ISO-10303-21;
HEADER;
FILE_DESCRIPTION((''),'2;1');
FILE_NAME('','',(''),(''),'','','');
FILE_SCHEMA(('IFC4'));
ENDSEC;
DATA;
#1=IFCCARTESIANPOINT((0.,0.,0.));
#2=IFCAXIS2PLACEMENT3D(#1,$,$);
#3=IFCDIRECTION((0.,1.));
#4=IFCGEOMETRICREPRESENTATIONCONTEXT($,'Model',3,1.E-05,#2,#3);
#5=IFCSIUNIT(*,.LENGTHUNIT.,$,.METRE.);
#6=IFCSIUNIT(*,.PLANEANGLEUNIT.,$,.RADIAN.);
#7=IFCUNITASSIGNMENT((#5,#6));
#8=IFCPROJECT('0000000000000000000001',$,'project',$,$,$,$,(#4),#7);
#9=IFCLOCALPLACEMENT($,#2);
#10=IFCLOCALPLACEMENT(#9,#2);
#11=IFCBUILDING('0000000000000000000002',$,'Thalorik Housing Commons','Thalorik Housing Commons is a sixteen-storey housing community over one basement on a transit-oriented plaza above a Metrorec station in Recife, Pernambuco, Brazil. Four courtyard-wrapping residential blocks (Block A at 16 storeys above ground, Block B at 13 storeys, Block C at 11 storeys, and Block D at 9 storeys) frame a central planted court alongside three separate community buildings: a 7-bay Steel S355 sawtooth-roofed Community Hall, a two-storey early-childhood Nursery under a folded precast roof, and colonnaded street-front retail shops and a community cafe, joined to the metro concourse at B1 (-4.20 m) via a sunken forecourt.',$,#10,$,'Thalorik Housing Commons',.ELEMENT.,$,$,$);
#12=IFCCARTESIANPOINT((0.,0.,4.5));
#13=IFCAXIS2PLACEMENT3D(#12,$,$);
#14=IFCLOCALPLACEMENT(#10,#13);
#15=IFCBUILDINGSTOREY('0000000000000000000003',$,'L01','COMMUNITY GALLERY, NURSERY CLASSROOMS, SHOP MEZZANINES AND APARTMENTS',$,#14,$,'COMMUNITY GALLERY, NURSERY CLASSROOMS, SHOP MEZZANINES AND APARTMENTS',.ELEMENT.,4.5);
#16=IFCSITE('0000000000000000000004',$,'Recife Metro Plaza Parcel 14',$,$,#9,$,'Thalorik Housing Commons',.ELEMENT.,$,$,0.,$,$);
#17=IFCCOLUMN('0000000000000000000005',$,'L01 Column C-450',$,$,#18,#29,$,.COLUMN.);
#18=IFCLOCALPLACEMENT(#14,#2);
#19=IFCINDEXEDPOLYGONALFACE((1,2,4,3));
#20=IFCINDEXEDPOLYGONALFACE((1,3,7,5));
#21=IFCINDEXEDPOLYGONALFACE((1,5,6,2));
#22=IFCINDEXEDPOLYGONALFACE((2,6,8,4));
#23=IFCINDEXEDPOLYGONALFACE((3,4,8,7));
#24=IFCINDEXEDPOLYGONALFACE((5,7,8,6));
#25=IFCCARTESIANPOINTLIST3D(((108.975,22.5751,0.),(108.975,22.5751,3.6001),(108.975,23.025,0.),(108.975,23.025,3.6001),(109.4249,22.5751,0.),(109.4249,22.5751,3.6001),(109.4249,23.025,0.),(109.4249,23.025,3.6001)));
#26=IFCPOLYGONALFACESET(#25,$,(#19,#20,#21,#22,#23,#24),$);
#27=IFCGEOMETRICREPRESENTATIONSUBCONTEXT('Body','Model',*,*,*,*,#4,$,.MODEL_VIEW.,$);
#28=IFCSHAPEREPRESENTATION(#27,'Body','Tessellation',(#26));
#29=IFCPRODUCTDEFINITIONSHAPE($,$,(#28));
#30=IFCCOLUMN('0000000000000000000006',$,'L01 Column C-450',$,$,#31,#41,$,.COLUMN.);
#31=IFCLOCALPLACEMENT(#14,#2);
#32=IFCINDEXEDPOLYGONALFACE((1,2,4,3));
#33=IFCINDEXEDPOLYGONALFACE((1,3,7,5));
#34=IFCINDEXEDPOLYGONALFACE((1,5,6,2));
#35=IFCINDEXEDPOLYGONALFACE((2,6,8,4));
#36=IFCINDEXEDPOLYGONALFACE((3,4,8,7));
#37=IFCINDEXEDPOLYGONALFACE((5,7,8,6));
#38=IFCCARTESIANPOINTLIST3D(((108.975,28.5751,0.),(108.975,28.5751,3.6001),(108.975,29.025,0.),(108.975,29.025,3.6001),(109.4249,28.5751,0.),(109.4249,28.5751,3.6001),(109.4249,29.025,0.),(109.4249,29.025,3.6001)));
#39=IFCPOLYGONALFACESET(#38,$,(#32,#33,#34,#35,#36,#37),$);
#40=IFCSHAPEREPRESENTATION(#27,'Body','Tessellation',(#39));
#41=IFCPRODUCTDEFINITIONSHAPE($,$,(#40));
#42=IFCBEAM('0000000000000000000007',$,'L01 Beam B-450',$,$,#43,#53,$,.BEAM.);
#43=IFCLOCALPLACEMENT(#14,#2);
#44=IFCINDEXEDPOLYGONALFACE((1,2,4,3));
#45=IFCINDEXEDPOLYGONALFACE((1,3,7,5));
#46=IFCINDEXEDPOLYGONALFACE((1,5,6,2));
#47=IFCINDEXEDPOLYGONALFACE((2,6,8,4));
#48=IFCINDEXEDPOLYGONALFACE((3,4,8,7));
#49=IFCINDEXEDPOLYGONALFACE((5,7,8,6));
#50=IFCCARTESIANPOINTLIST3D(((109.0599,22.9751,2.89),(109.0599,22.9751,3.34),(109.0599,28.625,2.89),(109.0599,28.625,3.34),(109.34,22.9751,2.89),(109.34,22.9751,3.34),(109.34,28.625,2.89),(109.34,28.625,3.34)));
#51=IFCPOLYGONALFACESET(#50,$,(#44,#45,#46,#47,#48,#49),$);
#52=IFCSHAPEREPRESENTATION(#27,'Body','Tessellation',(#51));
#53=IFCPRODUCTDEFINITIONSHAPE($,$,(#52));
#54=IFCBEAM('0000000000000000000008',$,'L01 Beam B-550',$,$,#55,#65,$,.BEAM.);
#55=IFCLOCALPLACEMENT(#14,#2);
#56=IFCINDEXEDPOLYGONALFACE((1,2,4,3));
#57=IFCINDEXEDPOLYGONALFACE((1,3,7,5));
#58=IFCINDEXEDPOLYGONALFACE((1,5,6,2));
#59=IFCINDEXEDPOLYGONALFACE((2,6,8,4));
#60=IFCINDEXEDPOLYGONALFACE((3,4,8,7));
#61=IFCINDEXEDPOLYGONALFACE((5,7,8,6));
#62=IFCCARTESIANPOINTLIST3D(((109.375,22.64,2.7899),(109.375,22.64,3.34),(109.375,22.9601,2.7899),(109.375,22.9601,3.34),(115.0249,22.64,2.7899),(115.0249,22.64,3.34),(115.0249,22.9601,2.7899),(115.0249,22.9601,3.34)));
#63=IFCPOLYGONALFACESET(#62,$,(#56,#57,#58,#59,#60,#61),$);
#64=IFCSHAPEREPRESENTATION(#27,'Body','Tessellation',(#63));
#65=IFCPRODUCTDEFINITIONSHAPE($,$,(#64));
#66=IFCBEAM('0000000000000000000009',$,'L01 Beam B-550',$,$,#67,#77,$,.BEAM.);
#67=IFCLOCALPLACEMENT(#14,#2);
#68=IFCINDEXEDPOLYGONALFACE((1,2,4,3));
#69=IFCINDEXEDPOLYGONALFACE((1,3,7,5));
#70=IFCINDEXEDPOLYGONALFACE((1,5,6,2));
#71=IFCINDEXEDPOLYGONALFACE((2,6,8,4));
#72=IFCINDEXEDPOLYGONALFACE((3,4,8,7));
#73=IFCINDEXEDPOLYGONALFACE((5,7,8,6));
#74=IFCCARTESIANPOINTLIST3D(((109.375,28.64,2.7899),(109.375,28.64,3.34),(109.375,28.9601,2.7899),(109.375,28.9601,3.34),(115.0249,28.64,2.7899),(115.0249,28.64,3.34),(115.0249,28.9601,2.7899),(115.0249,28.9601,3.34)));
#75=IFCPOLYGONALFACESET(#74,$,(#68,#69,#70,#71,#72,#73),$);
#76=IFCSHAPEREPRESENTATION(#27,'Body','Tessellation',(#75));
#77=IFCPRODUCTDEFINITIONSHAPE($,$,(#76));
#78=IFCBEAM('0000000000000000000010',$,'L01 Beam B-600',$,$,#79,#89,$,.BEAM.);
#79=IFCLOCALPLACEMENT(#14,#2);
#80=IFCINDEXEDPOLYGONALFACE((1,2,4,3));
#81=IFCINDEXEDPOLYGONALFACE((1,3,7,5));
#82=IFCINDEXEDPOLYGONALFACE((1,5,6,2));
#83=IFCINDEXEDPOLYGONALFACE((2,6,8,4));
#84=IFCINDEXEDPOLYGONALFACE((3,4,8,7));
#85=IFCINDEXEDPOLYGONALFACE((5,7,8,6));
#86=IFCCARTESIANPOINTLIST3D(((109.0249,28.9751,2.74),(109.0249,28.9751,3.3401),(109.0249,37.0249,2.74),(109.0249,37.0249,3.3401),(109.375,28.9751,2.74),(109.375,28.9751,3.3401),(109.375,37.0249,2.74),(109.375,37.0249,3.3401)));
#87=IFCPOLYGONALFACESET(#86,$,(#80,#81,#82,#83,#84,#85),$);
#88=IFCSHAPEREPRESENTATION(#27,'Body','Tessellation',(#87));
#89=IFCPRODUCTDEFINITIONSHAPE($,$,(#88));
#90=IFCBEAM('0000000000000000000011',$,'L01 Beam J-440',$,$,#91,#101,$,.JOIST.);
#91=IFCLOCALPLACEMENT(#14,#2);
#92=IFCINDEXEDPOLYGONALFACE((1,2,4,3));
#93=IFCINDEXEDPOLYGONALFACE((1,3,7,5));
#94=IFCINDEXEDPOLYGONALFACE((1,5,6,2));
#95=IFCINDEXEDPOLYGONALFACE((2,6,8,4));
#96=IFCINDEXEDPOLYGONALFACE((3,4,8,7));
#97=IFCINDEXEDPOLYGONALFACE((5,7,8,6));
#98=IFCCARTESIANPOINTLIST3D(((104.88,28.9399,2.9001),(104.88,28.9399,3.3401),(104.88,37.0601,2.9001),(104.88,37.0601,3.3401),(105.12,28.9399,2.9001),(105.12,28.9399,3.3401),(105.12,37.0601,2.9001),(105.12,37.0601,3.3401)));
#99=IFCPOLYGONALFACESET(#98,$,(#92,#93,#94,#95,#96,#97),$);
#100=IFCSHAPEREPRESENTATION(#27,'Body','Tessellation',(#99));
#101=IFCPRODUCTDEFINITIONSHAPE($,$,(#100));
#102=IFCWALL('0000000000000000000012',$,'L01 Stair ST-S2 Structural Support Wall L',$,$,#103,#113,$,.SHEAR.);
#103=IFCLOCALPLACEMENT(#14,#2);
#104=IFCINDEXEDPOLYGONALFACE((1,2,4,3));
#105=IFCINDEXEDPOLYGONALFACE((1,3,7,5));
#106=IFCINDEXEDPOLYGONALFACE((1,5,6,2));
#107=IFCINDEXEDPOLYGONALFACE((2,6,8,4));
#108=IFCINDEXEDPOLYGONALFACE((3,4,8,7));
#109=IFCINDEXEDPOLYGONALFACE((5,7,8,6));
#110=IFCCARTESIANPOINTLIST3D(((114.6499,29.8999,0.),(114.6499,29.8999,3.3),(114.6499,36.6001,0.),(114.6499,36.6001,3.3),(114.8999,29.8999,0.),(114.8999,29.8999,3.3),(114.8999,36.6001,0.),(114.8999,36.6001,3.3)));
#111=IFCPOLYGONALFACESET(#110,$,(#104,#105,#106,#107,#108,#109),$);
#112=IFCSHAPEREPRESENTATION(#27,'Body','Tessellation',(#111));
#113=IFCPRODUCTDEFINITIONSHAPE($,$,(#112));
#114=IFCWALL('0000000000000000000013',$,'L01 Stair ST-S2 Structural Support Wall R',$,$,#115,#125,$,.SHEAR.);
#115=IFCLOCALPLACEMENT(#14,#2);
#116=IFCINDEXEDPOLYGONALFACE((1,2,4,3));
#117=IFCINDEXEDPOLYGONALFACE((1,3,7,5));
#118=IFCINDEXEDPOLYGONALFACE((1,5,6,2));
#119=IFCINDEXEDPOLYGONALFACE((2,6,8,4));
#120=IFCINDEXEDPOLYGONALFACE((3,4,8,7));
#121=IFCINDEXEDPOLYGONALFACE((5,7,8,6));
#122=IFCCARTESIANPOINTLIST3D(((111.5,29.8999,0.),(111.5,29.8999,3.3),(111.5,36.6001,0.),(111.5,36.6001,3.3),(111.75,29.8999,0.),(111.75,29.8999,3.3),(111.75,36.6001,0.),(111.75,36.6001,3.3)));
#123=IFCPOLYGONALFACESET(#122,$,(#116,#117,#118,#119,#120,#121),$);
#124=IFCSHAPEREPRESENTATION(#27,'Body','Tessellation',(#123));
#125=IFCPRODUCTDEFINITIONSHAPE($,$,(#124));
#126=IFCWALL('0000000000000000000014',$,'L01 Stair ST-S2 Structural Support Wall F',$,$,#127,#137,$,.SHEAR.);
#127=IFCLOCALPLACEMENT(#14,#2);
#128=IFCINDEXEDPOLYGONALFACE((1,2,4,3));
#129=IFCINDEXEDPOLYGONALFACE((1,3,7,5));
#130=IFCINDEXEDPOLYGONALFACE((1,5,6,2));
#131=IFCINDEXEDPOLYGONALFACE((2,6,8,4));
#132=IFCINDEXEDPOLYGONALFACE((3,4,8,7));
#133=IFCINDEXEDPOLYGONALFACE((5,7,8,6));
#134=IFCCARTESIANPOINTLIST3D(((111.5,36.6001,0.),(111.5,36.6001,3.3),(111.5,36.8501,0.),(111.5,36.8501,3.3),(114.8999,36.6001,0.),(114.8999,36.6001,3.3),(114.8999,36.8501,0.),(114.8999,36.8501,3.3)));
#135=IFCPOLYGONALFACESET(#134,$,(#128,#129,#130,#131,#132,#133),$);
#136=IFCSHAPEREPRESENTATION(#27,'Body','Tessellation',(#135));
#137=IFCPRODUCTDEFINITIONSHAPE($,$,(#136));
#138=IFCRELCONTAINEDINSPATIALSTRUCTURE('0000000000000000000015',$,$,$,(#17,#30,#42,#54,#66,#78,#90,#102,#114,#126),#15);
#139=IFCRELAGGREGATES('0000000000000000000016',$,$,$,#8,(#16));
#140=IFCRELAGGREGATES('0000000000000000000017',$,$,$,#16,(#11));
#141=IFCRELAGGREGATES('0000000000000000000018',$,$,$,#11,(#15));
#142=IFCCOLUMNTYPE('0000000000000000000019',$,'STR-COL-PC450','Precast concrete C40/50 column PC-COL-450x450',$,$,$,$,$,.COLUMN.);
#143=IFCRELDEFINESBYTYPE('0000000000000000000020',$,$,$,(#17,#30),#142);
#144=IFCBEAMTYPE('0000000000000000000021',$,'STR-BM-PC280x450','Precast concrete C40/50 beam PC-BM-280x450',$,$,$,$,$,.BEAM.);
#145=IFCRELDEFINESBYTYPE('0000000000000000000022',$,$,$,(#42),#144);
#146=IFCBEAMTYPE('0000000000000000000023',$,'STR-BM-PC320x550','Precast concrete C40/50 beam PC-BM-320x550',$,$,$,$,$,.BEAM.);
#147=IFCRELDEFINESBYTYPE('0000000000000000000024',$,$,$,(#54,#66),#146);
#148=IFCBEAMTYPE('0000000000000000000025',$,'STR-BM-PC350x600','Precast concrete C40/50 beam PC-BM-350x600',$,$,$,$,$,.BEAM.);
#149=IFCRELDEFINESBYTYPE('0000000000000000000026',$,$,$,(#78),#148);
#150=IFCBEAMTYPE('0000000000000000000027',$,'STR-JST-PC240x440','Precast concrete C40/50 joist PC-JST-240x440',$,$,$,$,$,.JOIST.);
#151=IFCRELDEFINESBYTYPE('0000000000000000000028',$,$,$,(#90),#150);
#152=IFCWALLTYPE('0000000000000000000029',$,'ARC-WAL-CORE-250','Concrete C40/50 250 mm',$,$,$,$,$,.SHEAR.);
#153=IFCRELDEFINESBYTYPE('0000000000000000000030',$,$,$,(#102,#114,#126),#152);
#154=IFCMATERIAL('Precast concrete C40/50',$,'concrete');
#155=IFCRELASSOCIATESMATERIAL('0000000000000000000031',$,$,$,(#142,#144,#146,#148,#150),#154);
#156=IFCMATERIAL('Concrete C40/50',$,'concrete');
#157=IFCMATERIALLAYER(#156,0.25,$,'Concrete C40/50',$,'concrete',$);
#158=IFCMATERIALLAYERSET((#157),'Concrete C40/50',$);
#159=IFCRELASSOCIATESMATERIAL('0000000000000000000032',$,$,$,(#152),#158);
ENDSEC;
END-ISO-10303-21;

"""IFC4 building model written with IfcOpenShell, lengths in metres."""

from ifc_helpers import new_model, si_unit, direction, frame, frame_2d, origin, origin_2d, place, context, subcontext, project, spatial, rectangle, extrude, material, layer, layer_set, material_profile, profile_set, type_object, element, save


model = new_model("IFC4")

# Units and contexts
model_context = context("Model", 3, precision=1e-05, world=origin(), true_north=direction((0.0, 1.0)))
body_context = subcontext(model_context, "Body", "Model", "MODEL_VIEW")
ifc_project = project(units=[si_unit("LENGTHUNIT", "METRE"), si_unit("PLANEANGLEUNIT", "RADIAN")], contexts=[model_context])

# Site, building, storey
site_placement = place(None, origin())
site = spatial("IfcSite", under=ifc_project, at=site_placement, Name="Recife Metro Plaza Parcel 14", LongName="Thalorik Housing Commons", CompositionType="ELEMENT", RefElevation=0.0)
building_placement = place(site_placement, origin())
building = spatial("IfcBuilding", under=site, at=building_placement, Name="Thalorik Housing Commons", Description="Thalorik Housing Commons is a sixteen-storey housing community over one basement on a transit-oriented plaza above a Metrorec station in Recife, Pernambuco, Brazil. Four courtyard-wrapping residential blocks (Block A at 16 storeys above ground, Block B at 13 storeys, Block C at 11 storeys, and Block D at 9 storeys) frame a central planted court alongside three separate community buildings: a 7-bay Steel S355 sawtooth-roofed Community Hall, a two-storey early-childhood Nursery under a folded precast roof, and colonnaded street-front retail shops and a community cafe, joined to the metro concourse at B1 (-4.20 m) via a sunken forecourt.", LongName="Thalorik Housing Commons", CompositionType="ELEMENT")
storey_placement = place(building_placement, frame((0.0, 0.0, 4.5)))
storey = spatial("IfcBuildingStorey", under=building, at=storey_placement, Name="L01", Description="COMMUNITY GALLERY, NURSERY CLASSROOMS, SHOP MEZZANINES AND APARTMENTS", LongName="COMMUNITY GALLERY, NURSERY CLASSROOMS, SHOP MEZZANINES AND APARTMENTS", CompositionType="ELEMENT", Elevation=4.5)

# Columns
ifc_material_1 = material(Name="Precast concrete C40/50", Category="concrete")
ifc_material_profile_1 = material_profile(ifc_material_1, rectangle(XDim=0.45, YDim=0.45, at=origin_2d()), Name="PC 450x450", Category="concrete")
ifc_profile_set_1 = profile_set([ifc_material_profile_1], Name="Precast concrete C40/50")
column_type = type_object("IfcColumnType", Name="STR-COL-PC450", Description="Precast concrete C40/50 column PC-COL-450x450", PredefinedType="COLUMN", material=ifc_profile_set_1)
for number, where, z_axis, x_axis, name in (
    (1, (109.2, 22.8, 0.0), (0.0, 0.0, 1.0), (1.0, 0.0, 0.0), "L01 Column C-450"),
    (2, (109.2, 28.8, 0.0), (0.0, 0.0, 1.0), (1.0, 0.0, 0.0), "L01 Column C-450"),
):
    element("IfcColumn", number, at=place(storey_placement, frame(where, z_axis=z_axis, x_axis=x_axis)), inside=storey, type_object=column_type, Name=name, PredefinedType="COLUMN", context=body_context, shape_type="SweptSolid", body=[
        extrude(rectangle(XDim=0.45, YDim=0.45, at=origin_2d()), origin(), (0.0, 0.0, 1.0), 3.6001),
    ])

# Beams
ifc_material_profile_2 = material_profile(ifc_material_1, rectangle(XDim=0.28, YDim=0.45, at=origin_2d()), Name="PC 280x450", Category="concrete")
ifc_profile_set_2 = profile_set([ifc_material_profile_2], Name="Precast concrete C40/50")
beam_type_1 = type_object("IfcBeamType", Name="STR-BM-PC280x450", Description="Precast concrete C40/50 beam PC-BM-280x450", PredefinedType="BEAM", material=ifc_profile_set_2)
beam_1_placement = place(storey_placement, frame((109.2, 22.9751, 3.115), z_axis=(0.0, 1.0, 0.0), x_axis=(-1.0, 0.0, 0.0)))
element("IfcBeam", 3, at=beam_1_placement, inside=storey, type_object=beam_type_1, Name="L01 Beam B-450", PredefinedType="BEAM", context=body_context, shape_type="SweptSolid", body=[
    extrude(rectangle(XDim=0.28, YDim=0.45, at=origin_2d()), origin(), (0.0, 0.0, 1.0), 5.6499),
])
ifc_material_profile_3 = material_profile(ifc_material_1, rectangle(XDim=0.3201, YDim=0.55, at=origin_2d()), Name="PC 320x550", Category="concrete")
ifc_profile_set_3 = profile_set([ifc_material_profile_3], Name="Precast concrete C40/50")
beam_type_2 = type_object("IfcBeamType", Name="STR-BM-PC320x550", Description="Precast concrete C40/50 beam PC-BM-320x550", PredefinedType="BEAM", material=ifc_profile_set_3)
for number, where, z_axis, x_axis, name in (
    (4, (109.375, 22.8, 3.0649), (1.0, 0.0, 0.0), (0.0, 1.0, 0.0), "L01 Beam B-550"),
    (5, (109.375, 28.8, 3.0649), (1.0, 0.0, 0.0), (0.0, 1.0, 0.0), "L01 Beam B-550"),
):
    element("IfcBeam", number, at=place(storey_placement, frame(where, z_axis=z_axis, x_axis=x_axis)), inside=storey, type_object=beam_type_2, Name=name, PredefinedType="BEAM", context=body_context, shape_type="SweptSolid", body=[
        extrude(rectangle(XDim=0.3201, YDim=0.55, at=origin_2d()), origin(), (0.0, 0.0, 1.0), 5.6499),
    ])
ifc_material_profile_4 = material_profile(ifc_material_1, rectangle(XDim=0.3501, YDim=0.6001, at=origin_2d()), Name="PC 350x600", Category="concrete")
ifc_profile_set_4 = profile_set([ifc_material_profile_4], Name="Precast concrete C40/50")
beam_type_3 = type_object("IfcBeamType", Name="STR-BM-PC350x600", Description="Precast concrete C40/50 beam PC-BM-350x600", PredefinedType="BEAM", material=ifc_profile_set_4)
beam_2_placement = place(storey_placement, frame((109.2, 28.9751, 3.04), z_axis=(0.0, 1.0, 0.0), x_axis=(-1.0, 0.0, 0.0)))
element("IfcBeam", 6, at=beam_2_placement, inside=storey, type_object=beam_type_3, Name="L01 Beam B-600", PredefinedType="BEAM", context=body_context, shape_type="SweptSolid", body=[
    extrude(rectangle(XDim=0.3501, YDim=0.6001, at=origin_2d()), origin(), (0.0, 0.0, 1.0), 8.0498),
])
ifc_material_profile_5 = material_profile(ifc_material_1, rectangle(XDim=0.24, YDim=0.4399, at=origin_2d()), Name="PC JST 240x440", Category="concrete")
ifc_profile_set_5 = profile_set([ifc_material_profile_5], Name="Precast concrete C40/50")
beam_type_4 = type_object("IfcBeamType", Name="STR-JST-PC240x440", Description="Precast concrete C40/50 joist PC-JST-240x440", PredefinedType="JOIST", material=ifc_profile_set_5)
beam_3_placement = place(storey_placement, frame((105.0, 28.9399, 3.1201), z_axis=(0.0, 1.0, 0.0), x_axis=(-1.0, 0.0, 0.0)))
element("IfcBeam", 7, at=beam_3_placement, inside=storey, type_object=beam_type_4, Name="L01 Beam J-440", PredefinedType="JOIST", context=body_context, shape_type="SweptSolid", body=[
    extrude(rectangle(XDim=0.24, YDim=0.4399, at=origin_2d()), origin(), (0.0, 0.0, 1.0), 8.1201),
])

# Walls
ifc_material_2 = material(Name="Concrete C40/50", Category="concrete")
ifc_layer_1 = layer(ifc_material_2, 0.25, Name="Concrete C40/50", Category="concrete")
ifc_layer_set_1 = layer_set([ifc_layer_1], Name="Concrete C40/50")
wall_type_1 = type_object("IfcWallType", Name="ARC-WAL-CORE-250", Description="Concrete C40/50 250 mm", PredefinedType="SHEAR", material=ifc_layer_set_1)
for number, where, z_axis, x_axis, name in (
    (8, (114.7749, 29.8999, 0.0), (0.0, 0.0, 1.0), (0.0, 1.0, 0.0), "L01 Stair ST-S2 Structural Support Wall L"),
    (9, (111.625, 29.8999, 0.0), (0.0, 0.0, 1.0), (0.0, 1.0, 0.0), "L01 Stair ST-S2 Structural Support Wall R"),
):
    element("IfcWall", number, at=place(storey_placement, frame(where, z_axis=z_axis, x_axis=x_axis)), inside=storey, type_object=wall_type_1, Name=name, PredefinedType="SHEAR", context=body_context, shape_type="SweptSolid", body=[
        extrude(rectangle(XDim=6.7002, YDim=0.25, at=frame_2d((3.3501, 0.0))), origin(), (0.0, 0.0, 1.0), 3.3),
    ])
wall_1_placement = place(storey_placement, frame((114.8999, 36.7251, 0.0), z_axis=(0.0, 0.0, 1.0), x_axis=(-1.0, 0.0, 0.0)))
element("IfcWall", 10, at=wall_1_placement, inside=storey, type_object=wall_type_1, Name="L01 Stair ST-S2 Structural Support Wall F", PredefinedType="SHEAR", context=body_context, shape_type="SweptSolid", body=[
    extrude(rectangle(XDim=3.3999, YDim=0.25, at=frame_2d((1.7, 0.0))), origin(), (0.0, 0.0, 1.0), 3.3),
])

save(model, "model.ifc")
